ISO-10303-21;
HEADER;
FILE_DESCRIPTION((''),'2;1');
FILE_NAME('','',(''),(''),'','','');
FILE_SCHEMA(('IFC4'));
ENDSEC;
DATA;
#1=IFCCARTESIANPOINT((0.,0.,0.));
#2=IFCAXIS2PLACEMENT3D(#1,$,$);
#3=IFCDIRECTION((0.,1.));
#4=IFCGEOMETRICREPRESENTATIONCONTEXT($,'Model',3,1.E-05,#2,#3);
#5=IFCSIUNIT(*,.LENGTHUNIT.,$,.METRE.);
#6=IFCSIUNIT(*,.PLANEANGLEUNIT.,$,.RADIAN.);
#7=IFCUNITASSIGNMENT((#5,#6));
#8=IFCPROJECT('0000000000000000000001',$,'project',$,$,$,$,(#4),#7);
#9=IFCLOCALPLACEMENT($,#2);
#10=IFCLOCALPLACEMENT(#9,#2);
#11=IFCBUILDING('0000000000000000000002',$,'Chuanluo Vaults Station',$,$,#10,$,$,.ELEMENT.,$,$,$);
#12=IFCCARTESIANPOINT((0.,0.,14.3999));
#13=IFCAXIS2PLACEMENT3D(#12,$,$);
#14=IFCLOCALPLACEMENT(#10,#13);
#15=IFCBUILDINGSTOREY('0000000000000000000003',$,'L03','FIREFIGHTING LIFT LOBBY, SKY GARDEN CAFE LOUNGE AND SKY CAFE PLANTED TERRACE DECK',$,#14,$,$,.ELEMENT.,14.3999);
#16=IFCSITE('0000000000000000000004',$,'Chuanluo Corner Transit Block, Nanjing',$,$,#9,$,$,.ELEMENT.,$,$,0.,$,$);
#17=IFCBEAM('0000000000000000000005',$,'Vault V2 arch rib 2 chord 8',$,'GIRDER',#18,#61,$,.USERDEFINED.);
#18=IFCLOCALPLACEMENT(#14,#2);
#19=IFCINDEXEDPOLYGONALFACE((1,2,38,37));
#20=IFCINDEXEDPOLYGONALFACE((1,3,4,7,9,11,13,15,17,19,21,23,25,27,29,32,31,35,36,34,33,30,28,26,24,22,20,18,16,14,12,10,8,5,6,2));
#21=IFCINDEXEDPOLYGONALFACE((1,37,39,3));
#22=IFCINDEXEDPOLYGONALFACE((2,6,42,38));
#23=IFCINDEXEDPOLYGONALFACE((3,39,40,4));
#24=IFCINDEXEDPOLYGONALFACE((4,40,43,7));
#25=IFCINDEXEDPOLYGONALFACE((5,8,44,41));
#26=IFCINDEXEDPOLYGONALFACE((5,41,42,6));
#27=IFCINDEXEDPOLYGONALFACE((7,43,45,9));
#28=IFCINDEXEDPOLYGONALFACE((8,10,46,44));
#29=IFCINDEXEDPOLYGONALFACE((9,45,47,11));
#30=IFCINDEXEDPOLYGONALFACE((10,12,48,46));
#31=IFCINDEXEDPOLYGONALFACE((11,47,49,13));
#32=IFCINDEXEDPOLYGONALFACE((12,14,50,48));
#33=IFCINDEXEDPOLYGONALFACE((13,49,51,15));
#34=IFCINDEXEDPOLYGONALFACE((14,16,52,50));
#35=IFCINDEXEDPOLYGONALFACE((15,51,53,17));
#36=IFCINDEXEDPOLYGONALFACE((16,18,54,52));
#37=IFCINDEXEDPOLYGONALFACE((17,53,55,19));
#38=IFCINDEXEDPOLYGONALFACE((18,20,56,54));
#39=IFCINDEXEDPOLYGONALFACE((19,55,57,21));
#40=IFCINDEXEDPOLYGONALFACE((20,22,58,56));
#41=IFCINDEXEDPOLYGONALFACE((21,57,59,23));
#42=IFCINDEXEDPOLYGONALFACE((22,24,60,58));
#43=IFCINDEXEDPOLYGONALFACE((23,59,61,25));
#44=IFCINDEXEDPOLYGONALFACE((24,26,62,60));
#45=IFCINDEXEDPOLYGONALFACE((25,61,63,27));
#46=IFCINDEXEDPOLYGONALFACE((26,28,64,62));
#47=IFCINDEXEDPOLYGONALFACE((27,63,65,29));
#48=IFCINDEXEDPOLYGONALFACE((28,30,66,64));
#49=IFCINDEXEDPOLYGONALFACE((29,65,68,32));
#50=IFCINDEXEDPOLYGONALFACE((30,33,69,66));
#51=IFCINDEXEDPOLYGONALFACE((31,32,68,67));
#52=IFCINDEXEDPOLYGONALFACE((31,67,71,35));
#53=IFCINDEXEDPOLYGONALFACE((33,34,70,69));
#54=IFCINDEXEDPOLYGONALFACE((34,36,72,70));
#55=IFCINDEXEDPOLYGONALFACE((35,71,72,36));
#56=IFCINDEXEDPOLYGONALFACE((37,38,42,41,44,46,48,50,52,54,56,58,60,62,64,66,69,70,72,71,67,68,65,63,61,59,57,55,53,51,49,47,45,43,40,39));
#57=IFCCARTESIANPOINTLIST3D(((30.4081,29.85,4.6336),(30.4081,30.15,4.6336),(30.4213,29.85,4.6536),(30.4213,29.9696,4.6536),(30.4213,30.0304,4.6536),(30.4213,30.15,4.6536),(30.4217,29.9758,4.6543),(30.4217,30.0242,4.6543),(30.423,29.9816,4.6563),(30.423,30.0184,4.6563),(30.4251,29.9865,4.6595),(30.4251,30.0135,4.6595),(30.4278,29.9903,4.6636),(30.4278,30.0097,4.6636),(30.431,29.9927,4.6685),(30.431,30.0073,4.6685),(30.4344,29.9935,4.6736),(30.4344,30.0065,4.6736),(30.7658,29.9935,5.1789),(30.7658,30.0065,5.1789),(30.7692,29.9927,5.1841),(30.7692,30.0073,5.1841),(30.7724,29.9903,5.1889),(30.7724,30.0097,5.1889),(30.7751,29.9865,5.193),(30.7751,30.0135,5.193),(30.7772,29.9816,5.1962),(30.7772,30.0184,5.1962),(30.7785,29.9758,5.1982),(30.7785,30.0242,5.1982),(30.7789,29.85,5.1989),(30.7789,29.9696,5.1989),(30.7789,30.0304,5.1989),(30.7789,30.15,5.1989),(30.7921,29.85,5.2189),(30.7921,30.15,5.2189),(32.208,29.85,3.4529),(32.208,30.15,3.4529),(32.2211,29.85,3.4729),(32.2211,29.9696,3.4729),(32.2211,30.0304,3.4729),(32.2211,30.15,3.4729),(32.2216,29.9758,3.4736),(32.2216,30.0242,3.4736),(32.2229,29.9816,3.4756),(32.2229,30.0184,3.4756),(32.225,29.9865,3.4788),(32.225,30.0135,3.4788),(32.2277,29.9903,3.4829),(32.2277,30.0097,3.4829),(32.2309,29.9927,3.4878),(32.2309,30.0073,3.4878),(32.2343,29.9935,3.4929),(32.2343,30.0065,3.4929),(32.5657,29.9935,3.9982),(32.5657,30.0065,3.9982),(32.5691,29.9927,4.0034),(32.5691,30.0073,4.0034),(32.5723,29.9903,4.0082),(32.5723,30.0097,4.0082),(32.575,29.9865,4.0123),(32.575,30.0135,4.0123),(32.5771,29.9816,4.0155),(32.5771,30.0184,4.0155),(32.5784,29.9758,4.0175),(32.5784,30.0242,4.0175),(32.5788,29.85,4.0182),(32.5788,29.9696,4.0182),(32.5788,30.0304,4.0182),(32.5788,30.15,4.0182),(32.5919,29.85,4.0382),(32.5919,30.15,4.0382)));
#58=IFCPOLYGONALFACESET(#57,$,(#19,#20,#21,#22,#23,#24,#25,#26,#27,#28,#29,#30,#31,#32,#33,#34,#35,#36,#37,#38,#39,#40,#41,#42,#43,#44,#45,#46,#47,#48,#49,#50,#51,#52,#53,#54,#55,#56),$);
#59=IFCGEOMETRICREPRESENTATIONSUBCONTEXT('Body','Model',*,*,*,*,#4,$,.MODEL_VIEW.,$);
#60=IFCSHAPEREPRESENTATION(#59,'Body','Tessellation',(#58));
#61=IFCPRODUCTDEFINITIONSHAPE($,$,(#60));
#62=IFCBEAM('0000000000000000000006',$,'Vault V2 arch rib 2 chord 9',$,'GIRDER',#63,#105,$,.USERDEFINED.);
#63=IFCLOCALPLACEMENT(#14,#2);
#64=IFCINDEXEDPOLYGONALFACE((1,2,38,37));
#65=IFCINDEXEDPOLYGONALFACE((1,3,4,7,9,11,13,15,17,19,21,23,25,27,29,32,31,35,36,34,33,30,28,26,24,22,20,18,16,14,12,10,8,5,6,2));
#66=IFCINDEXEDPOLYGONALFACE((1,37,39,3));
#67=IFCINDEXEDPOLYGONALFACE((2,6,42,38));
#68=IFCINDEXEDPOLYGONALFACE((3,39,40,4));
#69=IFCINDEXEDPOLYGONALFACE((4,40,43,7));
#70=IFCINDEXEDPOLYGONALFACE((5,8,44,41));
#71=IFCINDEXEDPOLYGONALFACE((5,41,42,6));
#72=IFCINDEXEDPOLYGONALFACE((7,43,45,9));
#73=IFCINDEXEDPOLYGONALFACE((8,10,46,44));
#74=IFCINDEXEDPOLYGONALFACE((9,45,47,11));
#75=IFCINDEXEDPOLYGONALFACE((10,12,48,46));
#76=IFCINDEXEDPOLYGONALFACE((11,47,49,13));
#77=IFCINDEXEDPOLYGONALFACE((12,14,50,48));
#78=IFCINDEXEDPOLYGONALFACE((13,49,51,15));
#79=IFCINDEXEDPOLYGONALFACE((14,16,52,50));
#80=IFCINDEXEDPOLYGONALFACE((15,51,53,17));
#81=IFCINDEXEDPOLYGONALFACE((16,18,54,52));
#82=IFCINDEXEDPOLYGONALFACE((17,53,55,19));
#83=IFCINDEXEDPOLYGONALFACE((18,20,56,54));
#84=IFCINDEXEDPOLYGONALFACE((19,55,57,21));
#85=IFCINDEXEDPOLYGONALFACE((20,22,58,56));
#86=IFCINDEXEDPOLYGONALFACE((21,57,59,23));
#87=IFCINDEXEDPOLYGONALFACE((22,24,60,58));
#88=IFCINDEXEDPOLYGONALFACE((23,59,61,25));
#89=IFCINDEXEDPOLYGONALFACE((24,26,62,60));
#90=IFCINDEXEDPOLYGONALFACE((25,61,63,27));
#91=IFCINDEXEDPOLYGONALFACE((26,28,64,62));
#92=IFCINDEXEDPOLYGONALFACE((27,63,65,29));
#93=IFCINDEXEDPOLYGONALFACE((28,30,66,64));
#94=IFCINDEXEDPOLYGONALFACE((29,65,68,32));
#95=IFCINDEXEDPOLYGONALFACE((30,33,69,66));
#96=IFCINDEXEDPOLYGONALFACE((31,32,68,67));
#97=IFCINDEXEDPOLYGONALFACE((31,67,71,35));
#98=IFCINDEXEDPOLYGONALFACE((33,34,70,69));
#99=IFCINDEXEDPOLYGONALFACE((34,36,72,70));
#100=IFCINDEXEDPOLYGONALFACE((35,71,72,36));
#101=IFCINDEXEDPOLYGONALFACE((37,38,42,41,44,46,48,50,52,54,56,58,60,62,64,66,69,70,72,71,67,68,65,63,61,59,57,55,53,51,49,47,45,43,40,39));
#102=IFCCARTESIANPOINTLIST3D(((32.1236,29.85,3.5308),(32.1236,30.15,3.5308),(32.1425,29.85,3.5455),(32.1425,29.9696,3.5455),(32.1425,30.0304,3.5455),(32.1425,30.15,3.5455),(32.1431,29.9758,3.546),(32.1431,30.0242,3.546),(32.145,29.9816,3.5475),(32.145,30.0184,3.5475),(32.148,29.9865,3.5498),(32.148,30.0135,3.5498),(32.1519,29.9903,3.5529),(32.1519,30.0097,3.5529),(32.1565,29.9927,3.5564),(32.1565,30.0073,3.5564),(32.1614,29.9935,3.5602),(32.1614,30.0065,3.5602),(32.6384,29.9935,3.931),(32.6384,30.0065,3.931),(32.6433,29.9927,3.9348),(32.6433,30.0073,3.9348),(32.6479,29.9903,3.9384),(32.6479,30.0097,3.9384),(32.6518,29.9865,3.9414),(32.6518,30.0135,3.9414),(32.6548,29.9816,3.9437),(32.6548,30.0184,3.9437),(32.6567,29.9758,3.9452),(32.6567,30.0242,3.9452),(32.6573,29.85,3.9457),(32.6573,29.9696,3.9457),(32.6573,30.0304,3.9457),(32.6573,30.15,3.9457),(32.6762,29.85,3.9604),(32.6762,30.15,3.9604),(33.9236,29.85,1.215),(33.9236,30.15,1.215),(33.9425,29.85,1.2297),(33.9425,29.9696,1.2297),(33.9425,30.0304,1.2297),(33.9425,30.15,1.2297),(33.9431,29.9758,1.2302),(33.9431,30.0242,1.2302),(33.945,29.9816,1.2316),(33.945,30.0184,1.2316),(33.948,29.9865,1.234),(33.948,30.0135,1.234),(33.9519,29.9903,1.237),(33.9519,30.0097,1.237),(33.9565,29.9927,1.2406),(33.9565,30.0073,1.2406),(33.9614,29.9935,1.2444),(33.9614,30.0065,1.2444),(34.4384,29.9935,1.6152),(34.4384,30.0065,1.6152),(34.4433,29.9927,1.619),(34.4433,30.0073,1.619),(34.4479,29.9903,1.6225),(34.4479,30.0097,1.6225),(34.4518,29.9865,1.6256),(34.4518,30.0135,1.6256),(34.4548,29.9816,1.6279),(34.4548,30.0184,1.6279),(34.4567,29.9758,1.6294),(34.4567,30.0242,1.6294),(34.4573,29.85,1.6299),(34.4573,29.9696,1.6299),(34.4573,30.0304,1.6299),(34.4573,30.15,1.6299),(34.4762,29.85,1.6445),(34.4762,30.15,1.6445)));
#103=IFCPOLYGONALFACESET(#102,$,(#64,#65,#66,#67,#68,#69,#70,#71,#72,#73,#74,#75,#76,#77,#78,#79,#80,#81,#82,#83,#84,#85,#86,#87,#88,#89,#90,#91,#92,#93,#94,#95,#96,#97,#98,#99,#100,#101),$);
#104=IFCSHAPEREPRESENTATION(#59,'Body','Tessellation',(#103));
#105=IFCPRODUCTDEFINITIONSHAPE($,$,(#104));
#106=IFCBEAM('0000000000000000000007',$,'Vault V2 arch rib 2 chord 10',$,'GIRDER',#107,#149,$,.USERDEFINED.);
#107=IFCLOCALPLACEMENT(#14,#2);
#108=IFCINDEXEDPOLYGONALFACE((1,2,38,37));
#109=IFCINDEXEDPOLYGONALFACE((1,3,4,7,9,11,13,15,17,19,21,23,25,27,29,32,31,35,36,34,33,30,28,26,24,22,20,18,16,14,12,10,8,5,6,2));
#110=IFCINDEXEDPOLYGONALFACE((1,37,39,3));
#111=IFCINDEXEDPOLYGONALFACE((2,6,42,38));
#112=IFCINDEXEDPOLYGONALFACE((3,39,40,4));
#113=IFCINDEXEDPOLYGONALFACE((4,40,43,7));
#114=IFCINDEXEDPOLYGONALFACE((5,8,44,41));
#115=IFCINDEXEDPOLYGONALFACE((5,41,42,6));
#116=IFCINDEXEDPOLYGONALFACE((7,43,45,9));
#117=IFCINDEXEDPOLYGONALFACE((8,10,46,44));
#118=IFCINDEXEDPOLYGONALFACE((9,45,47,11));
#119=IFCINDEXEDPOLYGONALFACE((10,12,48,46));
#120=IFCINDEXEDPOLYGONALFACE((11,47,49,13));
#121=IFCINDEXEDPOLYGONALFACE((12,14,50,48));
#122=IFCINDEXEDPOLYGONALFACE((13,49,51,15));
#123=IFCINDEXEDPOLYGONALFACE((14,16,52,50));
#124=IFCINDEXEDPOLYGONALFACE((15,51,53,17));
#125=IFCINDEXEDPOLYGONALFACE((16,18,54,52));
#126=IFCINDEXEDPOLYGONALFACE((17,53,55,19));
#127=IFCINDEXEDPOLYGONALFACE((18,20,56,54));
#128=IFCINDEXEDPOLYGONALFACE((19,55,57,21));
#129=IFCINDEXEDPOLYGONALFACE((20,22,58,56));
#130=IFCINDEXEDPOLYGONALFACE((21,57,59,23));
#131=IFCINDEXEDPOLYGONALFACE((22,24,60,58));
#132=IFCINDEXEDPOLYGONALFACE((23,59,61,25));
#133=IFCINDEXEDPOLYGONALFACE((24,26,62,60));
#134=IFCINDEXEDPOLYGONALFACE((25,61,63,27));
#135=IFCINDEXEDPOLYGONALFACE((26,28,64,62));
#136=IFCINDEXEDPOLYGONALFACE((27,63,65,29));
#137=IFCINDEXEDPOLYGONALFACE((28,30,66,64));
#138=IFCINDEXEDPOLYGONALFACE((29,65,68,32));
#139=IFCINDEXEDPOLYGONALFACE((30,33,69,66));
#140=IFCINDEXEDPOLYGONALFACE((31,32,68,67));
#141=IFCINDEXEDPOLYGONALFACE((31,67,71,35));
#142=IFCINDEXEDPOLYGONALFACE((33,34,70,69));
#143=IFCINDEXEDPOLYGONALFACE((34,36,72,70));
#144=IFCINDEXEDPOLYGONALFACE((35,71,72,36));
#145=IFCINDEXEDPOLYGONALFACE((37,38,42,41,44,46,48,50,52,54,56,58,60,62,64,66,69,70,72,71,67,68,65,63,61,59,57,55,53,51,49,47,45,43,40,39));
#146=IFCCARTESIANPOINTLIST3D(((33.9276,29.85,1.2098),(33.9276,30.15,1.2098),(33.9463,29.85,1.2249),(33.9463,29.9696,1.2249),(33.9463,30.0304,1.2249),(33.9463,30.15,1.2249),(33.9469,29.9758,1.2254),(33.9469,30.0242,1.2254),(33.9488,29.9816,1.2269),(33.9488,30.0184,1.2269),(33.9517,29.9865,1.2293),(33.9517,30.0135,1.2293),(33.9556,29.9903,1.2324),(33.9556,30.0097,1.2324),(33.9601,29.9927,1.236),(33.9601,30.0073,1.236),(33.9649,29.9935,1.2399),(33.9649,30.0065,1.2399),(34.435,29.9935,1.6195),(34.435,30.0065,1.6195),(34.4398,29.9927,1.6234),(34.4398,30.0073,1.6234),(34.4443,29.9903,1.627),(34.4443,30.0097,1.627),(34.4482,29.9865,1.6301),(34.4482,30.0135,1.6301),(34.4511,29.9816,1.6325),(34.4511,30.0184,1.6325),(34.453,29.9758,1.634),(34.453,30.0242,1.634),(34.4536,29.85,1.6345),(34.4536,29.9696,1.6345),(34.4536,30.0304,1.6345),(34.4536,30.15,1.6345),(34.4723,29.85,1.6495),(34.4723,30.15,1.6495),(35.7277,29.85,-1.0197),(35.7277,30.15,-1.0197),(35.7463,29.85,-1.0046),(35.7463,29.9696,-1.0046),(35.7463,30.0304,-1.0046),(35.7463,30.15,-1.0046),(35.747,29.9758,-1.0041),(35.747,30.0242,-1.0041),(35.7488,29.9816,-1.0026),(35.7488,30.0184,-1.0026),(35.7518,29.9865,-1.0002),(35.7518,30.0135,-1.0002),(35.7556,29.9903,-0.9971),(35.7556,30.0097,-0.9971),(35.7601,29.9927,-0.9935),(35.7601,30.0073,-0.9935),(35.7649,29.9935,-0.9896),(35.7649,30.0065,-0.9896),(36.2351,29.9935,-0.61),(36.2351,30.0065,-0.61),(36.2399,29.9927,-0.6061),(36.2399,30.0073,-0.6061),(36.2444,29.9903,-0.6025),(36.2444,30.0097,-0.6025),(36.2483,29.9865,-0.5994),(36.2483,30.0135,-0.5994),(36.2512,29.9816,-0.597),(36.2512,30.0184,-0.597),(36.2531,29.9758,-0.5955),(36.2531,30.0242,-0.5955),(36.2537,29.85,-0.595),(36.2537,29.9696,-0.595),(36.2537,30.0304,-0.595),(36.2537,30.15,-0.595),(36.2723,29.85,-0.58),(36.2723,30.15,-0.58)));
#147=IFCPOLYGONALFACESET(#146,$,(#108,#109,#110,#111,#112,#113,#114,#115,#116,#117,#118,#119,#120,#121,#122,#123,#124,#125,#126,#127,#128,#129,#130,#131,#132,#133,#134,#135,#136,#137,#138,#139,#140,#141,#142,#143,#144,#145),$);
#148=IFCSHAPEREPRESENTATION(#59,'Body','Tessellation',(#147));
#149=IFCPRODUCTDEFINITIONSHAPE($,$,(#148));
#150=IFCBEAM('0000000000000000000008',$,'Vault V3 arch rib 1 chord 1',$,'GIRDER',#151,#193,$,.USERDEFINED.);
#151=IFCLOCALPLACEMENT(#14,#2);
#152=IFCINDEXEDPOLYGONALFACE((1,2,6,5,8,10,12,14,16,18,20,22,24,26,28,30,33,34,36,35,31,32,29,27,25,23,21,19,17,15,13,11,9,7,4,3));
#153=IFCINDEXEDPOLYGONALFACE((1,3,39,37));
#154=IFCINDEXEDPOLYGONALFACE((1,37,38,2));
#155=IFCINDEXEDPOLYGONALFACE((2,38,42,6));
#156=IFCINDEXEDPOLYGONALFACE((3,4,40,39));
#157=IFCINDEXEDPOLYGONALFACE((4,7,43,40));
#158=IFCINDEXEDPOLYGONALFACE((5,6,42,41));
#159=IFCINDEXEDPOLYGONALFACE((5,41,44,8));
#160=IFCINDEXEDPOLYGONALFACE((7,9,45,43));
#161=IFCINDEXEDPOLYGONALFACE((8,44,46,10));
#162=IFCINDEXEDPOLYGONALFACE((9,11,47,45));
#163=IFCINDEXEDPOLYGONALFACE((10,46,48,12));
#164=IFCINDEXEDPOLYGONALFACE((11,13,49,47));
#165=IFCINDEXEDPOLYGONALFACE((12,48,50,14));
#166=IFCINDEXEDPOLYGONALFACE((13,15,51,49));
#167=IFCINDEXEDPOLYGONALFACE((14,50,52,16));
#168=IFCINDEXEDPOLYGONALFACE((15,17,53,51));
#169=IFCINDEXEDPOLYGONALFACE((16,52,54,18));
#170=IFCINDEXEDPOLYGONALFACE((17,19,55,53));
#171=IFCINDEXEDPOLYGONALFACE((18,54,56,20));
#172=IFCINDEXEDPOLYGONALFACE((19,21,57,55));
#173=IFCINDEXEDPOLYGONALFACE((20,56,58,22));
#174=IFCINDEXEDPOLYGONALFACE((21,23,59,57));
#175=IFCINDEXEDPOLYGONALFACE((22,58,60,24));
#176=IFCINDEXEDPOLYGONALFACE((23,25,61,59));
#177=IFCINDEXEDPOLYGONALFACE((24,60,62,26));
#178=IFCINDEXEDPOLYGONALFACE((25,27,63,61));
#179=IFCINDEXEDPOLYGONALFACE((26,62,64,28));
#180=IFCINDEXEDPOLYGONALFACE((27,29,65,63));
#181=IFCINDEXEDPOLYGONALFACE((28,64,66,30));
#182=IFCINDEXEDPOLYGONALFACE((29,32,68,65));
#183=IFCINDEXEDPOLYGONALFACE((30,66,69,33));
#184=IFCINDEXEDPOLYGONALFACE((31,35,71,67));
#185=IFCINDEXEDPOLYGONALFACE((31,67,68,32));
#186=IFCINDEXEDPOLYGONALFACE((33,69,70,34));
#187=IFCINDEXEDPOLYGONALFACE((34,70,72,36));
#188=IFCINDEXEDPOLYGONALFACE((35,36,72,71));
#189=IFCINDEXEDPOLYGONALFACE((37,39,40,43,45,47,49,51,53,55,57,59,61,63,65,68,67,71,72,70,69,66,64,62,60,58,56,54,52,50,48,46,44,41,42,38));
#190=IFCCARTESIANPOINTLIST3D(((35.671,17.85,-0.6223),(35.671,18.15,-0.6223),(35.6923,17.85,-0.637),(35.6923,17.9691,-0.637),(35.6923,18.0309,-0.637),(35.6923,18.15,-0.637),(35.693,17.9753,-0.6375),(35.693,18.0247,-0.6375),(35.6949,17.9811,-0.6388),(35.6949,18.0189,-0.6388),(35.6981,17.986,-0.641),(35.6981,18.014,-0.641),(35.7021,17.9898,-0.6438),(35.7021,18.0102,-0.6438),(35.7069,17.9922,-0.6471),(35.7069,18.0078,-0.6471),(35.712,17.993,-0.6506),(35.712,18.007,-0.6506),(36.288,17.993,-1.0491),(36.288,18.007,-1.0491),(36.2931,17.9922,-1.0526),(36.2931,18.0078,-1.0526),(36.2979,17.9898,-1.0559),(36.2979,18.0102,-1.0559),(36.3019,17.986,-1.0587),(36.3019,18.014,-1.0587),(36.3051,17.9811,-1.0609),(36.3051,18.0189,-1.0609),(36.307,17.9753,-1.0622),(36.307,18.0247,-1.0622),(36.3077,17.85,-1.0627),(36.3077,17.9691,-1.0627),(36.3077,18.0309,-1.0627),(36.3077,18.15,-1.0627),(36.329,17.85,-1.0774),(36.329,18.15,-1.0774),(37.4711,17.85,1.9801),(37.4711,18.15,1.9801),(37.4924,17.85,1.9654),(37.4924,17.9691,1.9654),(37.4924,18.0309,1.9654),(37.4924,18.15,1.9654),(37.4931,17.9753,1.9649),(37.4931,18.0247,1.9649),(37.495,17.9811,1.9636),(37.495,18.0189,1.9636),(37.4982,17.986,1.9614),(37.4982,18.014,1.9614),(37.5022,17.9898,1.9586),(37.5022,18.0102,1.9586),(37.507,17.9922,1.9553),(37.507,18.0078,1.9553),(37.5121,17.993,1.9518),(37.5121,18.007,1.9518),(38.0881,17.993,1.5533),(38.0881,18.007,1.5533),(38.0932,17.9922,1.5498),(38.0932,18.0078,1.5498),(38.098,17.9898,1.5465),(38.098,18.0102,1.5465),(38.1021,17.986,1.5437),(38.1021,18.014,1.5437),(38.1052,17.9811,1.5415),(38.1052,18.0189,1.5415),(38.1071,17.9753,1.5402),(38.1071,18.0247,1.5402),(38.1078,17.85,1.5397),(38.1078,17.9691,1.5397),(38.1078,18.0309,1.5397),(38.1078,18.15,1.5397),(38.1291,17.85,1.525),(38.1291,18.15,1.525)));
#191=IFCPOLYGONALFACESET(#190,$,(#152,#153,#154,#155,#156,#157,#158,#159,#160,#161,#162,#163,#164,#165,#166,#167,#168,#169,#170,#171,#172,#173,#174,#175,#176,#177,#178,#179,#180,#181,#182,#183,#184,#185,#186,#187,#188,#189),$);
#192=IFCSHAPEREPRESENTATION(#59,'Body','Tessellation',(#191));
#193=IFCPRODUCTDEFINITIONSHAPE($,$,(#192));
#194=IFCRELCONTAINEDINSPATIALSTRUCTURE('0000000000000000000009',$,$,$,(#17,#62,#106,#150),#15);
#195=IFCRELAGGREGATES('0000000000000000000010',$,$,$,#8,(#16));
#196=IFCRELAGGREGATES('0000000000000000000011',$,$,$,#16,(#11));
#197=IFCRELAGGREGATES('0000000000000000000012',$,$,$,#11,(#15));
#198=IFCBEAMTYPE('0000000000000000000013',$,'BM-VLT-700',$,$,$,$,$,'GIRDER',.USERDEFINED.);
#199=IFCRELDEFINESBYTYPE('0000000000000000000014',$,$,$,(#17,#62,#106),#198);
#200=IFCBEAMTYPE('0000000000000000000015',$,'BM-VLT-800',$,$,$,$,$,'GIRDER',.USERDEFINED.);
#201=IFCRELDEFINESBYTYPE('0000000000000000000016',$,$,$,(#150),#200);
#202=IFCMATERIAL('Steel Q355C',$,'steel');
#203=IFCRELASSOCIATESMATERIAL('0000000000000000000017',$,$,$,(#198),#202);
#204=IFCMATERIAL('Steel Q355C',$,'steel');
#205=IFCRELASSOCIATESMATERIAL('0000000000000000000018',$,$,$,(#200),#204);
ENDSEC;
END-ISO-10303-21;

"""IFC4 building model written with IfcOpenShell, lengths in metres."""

from ifc_helpers import new_model, si_unit, direction, frame, origin, origin_2d, place, context, subcontext, project, spatial, i_section, extrude, material, material_profile, profile_set, type_object, element, save


model = new_model("IFC4")

# Units and contexts
model_context = context("Model", 3, precision=1e-05, world=origin(), true_north=direction((0.0, 1.0)))
body_context = subcontext(model_context, "Body", "Model", "MODEL_VIEW")
ifc_project = project(units=[si_unit("LENGTHUNIT", "METRE"), si_unit("PLANEANGLEUNIT", "RADIAN")], contexts=[model_context])

# Site, building, storey
site_placement = place(None, origin())
site = spatial("IfcSite", under=ifc_project, at=site_placement, Name="Chuanluo Corner Transit Block, Nanjing", CompositionType="ELEMENT", RefElevation=0.0)
building_placement = place(site_placement, origin())
building = spatial("IfcBuilding", under=site, at=building_placement, Name="Chuanluo Vaults Station", CompositionType="ELEMENT")
storey_placement = place(building_placement, frame((0.0, 0.0, 14.3999)))
storey = spatial("IfcBuildingStorey", under=building, at=storey_placement, Name="L03", Description="FIREFIGHTING LIFT LOBBY, SKY GARDEN CAFE LOUNGE AND SKY CAFE PLANTED TERRACE DECK", CompositionType="ELEMENT", Elevation=14.3999)

# Beams
ifc_material_1 = material(Name="Steel Q355C", Category="steel")
ifc_material_profile_1 = material_profile(ifc_material_1, i_section(OverallWidth=0.3, OverallDepth=0.7, WebThickness=0.0129, FlangeThickness=0.0239, FilletRadius=0.0239, at=origin_2d()))
ifc_profile_set_1 = profile_set([ifc_material_profile_1], Name="Steel Q355C")
beam_type_1 = type_object("IfcBeamType", Name="BM-VLT-700", ElementType="GIRDER", PredefinedType="USERDEFINED", material=ifc_profile_set_1)
beam_1_placement = place(storey_placement, frame((30.6001, 30.0, 4.9263), z_axis=(0.836145, 0.0, -0.548508), x_axis=(0.0, 1.0, 0.0)))
element("IfcBeam", 1, at=beam_1_placement, inside=storey, type_object=beam_type_1, Name="Vault V2 arch rib 2 chord 8", ObjectType="GIRDER", PredefinedType="USERDEFINED", context=body_context, shape_type="SweptSolid", body=[
    extrude(i_section(OverallWidth=0.3, OverallDepth=0.7, WebThickness=0.0129, FlangeThickness=0.0239, FilletRadius=0.0239, at=origin_2d()), origin(), (0.0, 0.0, 1.0), 2.1526),
])
beam_2_placement = place(storey_placement, frame((32.3999, 30.0, 3.7456), z_axis=(0.613681, 0.0, -0.789554), x_axis=(0.0, 1.0, 0.0)))
element("IfcBeam", 2, at=beam_2_placement, inside=storey, type_object=beam_type_1, Name="Vault V2 arch rib 2 chord 9", ObjectType="GIRDER", PredefinedType="USERDEFINED", context=body_context, shape_type="SweptSolid", body=[
    extrude(i_section(OverallWidth=0.3, OverallDepth=0.7, WebThickness=0.0129, FlangeThickness=0.0239, FilletRadius=0.0239, at=origin_2d()), origin(), (0.0, 0.0, 1.0), 2.9331),
])
beam_3_placement = place(storey_placement, frame((34.2, 30.0, 1.4297), z_axis=(0.62819, 0.0, -0.77806), x_axis=(0.0, 1.0, 0.0)))
element("IfcBeam", 3, at=beam_3_placement, inside=storey, type_object=beam_type_1, Name="Vault V2 arch rib 2 chord 10", ObjectType="GIRDER", PredefinedType="USERDEFINED", context=body_context, shape_type="SweptSolid", body=[
    extrude(i_section(OverallWidth=0.3, OverallDepth=0.7, WebThickness=0.0129, FlangeThickness=0.0239, FilletRadius=0.0239, at=origin_2d()), origin(), (0.0, 0.0, 1.0), 2.8655),
])
ifc_material_2 = material(Name="Steel Q355C", Category="steel")
ifc_material_profile_2 = material_profile(ifc_material_2, i_section(OverallWidth=0.3, OverallDepth=0.8, WebThickness=0.0139, FlangeThickness=0.0259, FilletRadius=0.0239, at=origin_2d()))
ifc_profile_set_2 = profile_set([ifc_material_profile_2], Name="Steel Q355C")
beam_type_2 = type_object("IfcBeamType", Name="BM-VLT-800", ElementType="GIRDER", PredefinedType="USERDEFINED", material=ifc_profile_set_2)
beam_4_placement = place(storey_placement, frame((36.0, 18.0, -0.8499), z_axis=(0.568881, 0.0, 0.82242), x_axis=(0.0, 1.0, 0.0)))
element("IfcBeam", 4, at=beam_4_placement, inside=storey, type_object=beam_type_2, Name="Vault V3 arch rib 1 chord 1", ObjectType="GIRDER", PredefinedType="USERDEFINED", context=body_context, shape_type="SweptSolid", body=[
    extrude(i_section(OverallWidth=0.3, OverallDepth=0.8, WebThickness=0.0139, FlangeThickness=0.0259, FilletRadius=0.0239, at=origin_2d()), origin(), (0.0, 0.0, 1.0), 3.1643),
])

save(model, "model.ifc")
